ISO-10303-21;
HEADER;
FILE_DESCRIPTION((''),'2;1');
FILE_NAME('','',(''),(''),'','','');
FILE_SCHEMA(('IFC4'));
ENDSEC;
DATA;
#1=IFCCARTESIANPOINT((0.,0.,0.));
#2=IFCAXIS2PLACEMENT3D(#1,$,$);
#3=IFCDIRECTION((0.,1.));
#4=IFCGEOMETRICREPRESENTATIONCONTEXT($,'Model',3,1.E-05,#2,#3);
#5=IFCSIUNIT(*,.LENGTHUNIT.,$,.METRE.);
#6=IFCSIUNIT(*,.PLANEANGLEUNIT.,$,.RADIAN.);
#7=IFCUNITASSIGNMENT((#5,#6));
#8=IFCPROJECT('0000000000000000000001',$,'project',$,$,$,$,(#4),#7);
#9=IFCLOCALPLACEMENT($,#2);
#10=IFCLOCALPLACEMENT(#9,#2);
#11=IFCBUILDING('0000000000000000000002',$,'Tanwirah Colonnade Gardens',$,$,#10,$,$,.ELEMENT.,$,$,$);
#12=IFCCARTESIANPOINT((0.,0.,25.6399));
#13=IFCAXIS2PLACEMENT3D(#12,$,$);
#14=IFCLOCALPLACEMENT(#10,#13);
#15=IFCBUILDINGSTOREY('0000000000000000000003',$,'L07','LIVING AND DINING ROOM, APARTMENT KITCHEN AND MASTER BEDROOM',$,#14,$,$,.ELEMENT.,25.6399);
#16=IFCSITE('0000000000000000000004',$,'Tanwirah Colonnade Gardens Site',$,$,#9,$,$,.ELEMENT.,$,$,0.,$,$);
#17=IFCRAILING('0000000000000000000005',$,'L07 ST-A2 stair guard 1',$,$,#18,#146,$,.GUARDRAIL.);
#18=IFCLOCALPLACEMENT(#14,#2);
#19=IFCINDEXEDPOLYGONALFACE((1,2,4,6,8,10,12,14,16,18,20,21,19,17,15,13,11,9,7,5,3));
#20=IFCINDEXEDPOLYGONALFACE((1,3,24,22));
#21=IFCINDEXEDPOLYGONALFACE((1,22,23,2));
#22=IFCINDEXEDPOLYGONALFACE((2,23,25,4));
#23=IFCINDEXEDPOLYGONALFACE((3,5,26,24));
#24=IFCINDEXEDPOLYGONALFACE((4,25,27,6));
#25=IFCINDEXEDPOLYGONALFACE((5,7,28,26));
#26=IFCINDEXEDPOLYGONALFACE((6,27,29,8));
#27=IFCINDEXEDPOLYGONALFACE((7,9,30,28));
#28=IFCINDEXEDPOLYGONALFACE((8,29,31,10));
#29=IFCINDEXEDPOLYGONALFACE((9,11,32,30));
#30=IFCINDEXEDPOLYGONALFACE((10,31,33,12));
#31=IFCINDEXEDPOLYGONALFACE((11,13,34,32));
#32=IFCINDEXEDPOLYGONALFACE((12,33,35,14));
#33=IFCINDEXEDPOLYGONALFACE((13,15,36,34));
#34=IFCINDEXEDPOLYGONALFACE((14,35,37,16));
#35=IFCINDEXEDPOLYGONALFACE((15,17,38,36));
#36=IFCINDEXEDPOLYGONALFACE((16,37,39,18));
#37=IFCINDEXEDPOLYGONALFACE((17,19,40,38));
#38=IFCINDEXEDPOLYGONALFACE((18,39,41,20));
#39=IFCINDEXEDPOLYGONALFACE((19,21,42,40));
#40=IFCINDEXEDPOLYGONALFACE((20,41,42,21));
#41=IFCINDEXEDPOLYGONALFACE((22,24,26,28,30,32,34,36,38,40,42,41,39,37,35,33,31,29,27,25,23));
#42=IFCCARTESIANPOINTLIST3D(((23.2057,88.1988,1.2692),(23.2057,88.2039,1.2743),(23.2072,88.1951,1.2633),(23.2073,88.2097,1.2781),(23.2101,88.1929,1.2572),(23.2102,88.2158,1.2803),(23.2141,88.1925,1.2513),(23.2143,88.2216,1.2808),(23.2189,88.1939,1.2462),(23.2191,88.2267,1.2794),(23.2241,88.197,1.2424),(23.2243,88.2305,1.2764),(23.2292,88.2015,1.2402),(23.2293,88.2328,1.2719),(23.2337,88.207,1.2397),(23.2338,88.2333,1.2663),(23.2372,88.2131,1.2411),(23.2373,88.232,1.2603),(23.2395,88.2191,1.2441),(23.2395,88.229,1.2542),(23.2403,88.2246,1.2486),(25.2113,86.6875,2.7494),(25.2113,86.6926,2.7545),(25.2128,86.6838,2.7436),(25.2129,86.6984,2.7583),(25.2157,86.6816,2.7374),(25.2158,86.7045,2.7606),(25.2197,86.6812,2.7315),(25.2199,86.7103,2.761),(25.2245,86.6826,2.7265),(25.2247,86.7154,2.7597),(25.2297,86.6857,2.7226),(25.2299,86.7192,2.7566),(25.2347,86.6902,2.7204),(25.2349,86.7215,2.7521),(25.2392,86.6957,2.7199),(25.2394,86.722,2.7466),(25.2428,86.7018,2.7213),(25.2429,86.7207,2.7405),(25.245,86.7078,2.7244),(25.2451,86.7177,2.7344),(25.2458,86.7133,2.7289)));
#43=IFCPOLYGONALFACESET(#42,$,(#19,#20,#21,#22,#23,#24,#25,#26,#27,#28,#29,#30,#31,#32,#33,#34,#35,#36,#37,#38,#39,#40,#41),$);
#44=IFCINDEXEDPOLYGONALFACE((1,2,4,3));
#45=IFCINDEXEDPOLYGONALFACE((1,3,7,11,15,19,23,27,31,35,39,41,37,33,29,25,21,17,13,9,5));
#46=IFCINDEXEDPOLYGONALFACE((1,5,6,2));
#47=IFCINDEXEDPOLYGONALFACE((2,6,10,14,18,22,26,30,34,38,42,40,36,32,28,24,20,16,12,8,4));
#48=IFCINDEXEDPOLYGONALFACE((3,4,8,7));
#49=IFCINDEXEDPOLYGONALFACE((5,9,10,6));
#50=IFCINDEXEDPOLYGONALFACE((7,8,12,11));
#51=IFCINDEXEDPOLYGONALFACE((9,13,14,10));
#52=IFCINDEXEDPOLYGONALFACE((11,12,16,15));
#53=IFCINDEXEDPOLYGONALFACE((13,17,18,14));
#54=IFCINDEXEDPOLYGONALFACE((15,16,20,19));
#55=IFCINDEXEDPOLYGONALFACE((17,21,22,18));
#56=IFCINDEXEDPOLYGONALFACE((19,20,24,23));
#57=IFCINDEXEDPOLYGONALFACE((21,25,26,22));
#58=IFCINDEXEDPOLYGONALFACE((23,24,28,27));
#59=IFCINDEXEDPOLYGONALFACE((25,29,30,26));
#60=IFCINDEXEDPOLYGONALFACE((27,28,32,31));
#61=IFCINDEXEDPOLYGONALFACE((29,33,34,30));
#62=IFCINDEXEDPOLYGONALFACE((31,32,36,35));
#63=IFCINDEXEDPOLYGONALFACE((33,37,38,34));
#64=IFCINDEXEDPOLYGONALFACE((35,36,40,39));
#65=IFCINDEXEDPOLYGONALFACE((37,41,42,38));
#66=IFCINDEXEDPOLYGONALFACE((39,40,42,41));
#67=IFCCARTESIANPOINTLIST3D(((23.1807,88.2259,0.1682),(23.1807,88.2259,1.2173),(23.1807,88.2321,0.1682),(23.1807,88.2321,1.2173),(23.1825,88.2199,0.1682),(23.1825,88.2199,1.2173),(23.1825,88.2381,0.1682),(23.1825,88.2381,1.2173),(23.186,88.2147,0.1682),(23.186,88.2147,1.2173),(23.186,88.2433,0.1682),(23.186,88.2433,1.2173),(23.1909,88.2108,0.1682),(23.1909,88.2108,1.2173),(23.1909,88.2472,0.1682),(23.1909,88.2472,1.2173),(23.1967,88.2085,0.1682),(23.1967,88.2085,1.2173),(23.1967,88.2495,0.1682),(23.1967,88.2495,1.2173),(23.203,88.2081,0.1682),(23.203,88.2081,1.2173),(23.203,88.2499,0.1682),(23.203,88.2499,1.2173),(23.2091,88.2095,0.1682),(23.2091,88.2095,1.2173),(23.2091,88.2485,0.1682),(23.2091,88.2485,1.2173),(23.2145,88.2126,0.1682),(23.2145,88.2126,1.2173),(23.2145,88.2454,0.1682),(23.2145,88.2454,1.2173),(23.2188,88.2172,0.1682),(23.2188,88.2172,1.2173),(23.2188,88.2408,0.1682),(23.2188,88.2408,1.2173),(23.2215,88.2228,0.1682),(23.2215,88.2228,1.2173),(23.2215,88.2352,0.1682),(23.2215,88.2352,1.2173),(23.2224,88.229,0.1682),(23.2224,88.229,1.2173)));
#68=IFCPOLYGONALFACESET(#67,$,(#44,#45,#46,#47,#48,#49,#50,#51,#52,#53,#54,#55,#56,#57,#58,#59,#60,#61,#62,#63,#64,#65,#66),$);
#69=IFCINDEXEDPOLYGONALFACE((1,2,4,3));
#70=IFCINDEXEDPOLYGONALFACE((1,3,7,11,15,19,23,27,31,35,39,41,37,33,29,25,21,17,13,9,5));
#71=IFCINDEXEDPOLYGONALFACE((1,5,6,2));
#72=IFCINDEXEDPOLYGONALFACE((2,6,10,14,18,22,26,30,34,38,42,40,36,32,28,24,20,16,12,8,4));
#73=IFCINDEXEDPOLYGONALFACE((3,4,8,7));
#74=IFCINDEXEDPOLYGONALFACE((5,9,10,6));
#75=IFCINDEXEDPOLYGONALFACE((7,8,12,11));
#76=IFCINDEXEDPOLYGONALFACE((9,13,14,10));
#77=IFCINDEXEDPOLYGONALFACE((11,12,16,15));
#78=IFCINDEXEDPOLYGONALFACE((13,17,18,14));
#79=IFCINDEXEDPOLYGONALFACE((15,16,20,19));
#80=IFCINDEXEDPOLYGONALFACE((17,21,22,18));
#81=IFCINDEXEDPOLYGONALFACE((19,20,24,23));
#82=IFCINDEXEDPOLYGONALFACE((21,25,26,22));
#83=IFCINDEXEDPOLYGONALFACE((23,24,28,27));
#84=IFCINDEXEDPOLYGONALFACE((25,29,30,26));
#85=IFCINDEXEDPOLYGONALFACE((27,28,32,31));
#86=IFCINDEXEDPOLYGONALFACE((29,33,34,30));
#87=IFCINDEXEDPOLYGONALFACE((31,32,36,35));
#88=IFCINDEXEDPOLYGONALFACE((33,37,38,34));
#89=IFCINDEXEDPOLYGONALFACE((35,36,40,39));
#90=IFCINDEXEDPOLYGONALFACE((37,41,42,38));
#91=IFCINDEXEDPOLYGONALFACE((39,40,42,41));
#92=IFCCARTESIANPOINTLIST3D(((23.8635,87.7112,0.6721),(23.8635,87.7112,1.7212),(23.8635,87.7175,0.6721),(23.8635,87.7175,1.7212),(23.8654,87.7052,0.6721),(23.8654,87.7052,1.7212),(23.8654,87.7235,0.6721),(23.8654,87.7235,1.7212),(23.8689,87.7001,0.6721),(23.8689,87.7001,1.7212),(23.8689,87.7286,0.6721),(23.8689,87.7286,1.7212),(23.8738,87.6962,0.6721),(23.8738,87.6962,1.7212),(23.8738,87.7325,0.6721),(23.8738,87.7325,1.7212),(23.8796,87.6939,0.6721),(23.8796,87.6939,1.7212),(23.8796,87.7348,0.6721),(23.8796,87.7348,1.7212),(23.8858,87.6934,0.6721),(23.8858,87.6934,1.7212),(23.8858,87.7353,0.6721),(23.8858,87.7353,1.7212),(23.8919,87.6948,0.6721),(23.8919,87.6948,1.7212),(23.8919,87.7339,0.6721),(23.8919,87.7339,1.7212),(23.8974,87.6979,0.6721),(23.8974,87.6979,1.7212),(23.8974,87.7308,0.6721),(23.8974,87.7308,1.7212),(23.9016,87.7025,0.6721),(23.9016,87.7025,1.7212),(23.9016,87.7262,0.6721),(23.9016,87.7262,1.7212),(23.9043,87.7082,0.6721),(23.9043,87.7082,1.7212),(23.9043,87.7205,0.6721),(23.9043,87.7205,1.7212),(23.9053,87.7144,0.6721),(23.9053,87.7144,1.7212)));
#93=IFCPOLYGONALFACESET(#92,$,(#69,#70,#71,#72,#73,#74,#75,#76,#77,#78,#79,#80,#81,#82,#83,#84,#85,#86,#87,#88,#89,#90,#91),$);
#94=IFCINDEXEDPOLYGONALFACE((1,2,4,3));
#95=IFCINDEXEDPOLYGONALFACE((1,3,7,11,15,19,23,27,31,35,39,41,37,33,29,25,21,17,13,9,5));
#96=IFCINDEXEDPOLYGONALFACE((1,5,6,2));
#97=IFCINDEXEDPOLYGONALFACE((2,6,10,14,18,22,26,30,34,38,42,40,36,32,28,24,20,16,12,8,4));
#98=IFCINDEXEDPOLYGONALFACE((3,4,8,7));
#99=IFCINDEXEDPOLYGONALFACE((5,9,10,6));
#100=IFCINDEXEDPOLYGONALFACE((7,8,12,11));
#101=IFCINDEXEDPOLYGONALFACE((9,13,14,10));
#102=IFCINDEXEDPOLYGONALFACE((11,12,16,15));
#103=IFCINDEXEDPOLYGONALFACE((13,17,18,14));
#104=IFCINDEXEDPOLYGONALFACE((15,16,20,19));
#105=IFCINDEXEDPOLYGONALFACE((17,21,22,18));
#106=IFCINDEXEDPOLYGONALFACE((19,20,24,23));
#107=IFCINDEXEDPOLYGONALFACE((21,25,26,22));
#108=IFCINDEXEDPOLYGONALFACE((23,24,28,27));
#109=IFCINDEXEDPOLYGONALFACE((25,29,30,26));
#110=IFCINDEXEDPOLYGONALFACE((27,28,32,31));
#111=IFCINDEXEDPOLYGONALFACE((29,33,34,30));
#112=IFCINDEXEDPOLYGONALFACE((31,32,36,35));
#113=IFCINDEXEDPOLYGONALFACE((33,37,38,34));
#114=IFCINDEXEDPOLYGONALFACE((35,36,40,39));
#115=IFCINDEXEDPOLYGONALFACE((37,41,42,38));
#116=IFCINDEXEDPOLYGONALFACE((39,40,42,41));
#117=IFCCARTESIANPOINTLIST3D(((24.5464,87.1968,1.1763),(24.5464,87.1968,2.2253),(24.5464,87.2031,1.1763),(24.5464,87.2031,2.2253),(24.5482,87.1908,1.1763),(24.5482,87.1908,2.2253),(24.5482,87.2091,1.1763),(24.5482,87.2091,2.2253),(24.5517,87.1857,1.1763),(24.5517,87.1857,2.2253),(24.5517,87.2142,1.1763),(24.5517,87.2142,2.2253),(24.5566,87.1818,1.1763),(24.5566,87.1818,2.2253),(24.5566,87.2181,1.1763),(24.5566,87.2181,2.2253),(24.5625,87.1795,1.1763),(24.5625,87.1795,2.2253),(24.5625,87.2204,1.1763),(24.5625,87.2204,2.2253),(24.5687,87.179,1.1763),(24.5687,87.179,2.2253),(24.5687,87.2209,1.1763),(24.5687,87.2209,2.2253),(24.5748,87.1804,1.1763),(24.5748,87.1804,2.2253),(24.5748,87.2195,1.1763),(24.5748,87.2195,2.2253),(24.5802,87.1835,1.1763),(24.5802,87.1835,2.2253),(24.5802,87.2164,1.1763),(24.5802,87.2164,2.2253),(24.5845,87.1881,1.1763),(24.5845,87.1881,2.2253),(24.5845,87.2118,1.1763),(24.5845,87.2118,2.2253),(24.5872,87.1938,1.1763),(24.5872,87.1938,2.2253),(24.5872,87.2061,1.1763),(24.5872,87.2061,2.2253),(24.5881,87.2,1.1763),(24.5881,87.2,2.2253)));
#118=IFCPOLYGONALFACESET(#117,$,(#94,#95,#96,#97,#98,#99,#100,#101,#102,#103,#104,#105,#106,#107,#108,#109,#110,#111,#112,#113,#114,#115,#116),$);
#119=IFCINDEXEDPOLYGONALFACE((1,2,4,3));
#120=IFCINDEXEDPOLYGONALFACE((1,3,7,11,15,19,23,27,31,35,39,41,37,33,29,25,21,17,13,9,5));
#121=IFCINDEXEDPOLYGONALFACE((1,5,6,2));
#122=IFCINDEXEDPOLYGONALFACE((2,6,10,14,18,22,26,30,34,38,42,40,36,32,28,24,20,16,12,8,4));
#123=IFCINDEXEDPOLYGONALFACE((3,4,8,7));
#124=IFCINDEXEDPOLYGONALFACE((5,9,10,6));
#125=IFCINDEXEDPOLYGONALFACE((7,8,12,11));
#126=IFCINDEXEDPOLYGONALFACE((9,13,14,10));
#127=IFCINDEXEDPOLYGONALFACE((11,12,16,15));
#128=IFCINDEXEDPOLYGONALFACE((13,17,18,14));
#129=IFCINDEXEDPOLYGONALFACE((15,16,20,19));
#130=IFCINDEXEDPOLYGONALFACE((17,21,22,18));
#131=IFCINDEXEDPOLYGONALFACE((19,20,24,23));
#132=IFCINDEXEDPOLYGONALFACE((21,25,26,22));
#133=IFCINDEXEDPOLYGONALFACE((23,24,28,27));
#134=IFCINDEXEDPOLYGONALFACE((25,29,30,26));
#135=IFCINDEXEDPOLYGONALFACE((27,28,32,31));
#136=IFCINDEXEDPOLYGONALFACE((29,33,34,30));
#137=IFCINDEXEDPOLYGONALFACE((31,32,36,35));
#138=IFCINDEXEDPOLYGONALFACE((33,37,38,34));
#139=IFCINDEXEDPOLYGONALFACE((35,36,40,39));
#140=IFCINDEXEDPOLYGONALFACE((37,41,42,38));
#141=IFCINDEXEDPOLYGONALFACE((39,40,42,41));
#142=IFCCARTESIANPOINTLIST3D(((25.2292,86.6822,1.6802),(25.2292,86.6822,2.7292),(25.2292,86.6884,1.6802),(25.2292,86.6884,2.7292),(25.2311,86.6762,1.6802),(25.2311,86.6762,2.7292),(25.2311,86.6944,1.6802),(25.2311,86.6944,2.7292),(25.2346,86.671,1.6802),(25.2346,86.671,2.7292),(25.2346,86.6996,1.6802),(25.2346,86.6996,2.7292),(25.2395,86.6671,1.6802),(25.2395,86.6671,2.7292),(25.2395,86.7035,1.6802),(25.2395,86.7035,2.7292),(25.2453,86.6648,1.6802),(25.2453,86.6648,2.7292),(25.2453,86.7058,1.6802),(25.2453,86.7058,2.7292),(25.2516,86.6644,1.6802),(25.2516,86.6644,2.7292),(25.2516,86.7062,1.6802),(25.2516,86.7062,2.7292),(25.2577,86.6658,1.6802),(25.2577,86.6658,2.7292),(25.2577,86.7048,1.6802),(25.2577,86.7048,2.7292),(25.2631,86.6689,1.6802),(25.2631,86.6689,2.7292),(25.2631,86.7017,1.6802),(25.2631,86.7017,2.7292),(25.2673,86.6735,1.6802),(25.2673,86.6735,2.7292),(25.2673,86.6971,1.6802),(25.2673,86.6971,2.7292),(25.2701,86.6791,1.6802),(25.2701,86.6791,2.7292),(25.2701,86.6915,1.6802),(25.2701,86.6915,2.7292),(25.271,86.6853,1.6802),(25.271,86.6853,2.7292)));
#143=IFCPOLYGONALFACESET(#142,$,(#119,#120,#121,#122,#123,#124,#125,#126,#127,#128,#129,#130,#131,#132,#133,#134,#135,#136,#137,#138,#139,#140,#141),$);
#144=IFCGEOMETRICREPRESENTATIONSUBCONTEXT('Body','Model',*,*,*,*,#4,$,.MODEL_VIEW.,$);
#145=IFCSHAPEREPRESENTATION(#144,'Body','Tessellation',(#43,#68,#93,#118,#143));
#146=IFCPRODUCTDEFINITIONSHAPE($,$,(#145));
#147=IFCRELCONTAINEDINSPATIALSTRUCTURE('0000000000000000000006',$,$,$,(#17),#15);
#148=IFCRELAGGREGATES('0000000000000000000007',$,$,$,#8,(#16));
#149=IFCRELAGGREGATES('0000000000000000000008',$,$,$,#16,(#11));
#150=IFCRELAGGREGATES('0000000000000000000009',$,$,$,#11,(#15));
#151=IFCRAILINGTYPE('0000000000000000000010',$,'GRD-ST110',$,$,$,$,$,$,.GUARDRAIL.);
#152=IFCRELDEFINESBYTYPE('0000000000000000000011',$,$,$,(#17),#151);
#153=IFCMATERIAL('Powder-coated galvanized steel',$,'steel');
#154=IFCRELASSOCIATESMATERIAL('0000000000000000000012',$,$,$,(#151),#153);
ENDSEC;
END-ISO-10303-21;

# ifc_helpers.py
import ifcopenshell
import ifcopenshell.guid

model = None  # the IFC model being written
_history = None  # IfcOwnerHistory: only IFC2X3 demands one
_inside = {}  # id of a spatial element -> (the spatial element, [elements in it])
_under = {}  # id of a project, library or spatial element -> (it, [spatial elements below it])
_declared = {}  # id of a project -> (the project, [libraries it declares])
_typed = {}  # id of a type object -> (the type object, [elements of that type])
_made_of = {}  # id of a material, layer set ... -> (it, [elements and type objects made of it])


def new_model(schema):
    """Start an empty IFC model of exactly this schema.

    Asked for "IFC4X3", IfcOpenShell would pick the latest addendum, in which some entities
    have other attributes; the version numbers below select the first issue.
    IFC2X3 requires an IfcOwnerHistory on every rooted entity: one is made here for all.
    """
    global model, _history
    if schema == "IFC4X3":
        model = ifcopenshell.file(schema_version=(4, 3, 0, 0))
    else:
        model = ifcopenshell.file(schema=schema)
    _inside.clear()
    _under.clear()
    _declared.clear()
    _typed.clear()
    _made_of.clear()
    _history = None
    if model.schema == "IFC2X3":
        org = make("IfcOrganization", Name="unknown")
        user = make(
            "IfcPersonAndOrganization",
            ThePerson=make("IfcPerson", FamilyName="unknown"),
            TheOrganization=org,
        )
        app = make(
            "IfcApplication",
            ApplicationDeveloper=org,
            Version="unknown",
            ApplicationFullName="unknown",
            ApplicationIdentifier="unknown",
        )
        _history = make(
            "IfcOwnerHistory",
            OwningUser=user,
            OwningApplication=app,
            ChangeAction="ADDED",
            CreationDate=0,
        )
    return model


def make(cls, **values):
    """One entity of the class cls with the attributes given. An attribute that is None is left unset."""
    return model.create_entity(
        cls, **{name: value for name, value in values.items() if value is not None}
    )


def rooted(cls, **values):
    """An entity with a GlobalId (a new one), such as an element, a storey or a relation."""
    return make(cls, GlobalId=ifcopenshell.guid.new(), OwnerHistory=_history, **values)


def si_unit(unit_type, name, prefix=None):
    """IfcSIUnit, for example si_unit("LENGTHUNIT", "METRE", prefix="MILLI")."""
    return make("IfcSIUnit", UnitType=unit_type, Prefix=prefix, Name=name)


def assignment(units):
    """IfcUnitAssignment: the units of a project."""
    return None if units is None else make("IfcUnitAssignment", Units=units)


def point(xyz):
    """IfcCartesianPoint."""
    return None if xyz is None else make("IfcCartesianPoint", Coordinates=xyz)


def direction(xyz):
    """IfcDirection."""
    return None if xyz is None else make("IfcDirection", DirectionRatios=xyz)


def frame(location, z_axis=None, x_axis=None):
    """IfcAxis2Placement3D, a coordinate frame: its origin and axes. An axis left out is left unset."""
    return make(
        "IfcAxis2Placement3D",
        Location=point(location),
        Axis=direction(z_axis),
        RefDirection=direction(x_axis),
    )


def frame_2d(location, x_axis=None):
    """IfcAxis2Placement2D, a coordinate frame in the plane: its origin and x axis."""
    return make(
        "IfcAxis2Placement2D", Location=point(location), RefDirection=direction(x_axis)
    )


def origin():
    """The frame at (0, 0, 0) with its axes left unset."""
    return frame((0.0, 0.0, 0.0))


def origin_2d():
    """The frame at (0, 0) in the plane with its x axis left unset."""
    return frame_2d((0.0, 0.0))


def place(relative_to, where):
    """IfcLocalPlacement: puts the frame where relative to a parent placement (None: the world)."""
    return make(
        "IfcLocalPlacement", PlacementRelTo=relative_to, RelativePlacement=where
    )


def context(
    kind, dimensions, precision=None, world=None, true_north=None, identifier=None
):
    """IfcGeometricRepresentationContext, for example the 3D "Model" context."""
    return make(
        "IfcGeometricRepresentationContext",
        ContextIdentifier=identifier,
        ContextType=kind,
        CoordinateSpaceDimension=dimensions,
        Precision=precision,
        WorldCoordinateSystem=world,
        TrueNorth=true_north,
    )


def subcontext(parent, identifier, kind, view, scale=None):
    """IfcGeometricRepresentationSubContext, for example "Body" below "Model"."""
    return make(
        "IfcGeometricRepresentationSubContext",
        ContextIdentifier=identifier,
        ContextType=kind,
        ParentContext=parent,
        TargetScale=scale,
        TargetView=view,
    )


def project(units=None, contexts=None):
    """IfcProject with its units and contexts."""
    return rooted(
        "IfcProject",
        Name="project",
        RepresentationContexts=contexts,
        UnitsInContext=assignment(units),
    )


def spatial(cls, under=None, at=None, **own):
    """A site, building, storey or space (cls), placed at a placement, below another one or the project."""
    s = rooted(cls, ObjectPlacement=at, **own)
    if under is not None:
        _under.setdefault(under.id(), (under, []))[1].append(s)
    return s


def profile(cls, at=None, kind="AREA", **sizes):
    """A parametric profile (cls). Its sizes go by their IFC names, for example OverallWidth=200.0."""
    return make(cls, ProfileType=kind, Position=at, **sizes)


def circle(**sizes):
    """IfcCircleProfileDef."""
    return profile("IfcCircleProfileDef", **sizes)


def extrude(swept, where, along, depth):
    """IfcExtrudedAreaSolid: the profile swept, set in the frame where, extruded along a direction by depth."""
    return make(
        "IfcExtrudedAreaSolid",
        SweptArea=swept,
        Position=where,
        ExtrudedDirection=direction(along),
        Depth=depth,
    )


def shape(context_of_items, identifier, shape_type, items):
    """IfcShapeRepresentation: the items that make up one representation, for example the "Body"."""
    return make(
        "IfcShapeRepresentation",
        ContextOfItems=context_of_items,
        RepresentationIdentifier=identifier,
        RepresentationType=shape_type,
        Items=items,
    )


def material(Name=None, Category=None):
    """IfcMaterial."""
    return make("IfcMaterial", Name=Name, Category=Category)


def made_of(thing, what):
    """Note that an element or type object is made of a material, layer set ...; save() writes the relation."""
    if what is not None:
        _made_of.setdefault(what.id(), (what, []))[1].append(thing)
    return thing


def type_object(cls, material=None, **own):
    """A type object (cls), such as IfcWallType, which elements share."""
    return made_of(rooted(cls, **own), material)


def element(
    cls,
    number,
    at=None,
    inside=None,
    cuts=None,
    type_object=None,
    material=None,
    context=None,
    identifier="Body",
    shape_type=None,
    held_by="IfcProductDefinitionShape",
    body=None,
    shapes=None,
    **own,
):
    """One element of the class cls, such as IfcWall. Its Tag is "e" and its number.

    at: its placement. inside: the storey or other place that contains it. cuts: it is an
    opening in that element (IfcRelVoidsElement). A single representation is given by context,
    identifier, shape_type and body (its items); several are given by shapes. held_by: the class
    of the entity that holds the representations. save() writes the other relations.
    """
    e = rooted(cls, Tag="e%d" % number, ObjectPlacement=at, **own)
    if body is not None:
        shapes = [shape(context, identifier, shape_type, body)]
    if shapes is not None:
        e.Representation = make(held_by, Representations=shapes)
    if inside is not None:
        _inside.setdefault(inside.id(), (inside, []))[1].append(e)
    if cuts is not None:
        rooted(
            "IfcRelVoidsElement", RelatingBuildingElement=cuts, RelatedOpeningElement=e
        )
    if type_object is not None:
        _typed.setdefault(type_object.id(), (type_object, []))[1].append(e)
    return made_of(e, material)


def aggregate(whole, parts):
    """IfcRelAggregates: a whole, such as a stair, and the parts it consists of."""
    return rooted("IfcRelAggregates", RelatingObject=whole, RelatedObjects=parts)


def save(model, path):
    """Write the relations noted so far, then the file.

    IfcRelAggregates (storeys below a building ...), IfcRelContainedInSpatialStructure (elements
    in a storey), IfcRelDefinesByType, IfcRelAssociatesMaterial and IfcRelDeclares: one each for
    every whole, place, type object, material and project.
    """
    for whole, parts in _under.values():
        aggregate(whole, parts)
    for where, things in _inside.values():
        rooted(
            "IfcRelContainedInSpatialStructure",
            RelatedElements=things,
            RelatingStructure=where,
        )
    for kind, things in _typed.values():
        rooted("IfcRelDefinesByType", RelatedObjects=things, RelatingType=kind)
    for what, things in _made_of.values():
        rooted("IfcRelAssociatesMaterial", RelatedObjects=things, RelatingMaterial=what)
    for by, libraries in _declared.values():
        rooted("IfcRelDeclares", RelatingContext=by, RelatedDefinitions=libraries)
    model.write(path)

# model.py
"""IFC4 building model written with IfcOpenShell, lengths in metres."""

from ifc_helpers import new_model, si_unit, direction, frame, origin, origin_2d, place, context, subcontext, project, spatial, circle, extrude, material, type_object, element, save


model = new_model("IFC4")

# Units and contexts
model_context = context("Model", 3, precision=1e-05, world=origin(), true_north=direction((0.0, 1.0)))
body_context = subcontext(model_context, "Body", "Model", "MODEL_VIEW")
ifc_project = project(units=[si_unit("LENGTHUNIT", "METRE"), si_unit("PLANEANGLEUNIT", "RADIAN")], contexts=[model_context])

# Site, building, storey
site_placement = place(None, origin())
site = spatial("IfcSite", under=ifc_project, at=site_placement, Name="Tanwirah Colonnade Gardens Site", CompositionType="ELEMENT", RefElevation=0.0)
building_placement = place(site_placement, origin())
building = spatial("IfcBuilding", under=site, at=building_placement, Name="Tanwirah Colonnade Gardens", CompositionType="ELEMENT")
storey_placement = place(building_placement, frame((0.0, 0.0, 25.6399)))
storey = spatial("IfcBuildingStorey", under=building, at=storey_placement, Name="L07", Description="LIVING AND DINING ROOM, APARTMENT KITCHEN AND MASTER BEDROOM", CompositionType="ELEMENT", Elevation=25.6399)

# Railing
ifc_material_1 = material(Name="Powder-coated galvanized steel", Category="steel")
railing_type_1 = type_object("IfcRailingType", Name="GRD-ST110", PredefinedType="GUARDRAIL", material=ifc_material_1)
railing_1_placement = place(storey_placement, frame((23.2014, 88.229, 0.1682)))
element("IfcRailing", 1, at=railing_1_placement, inside=storey, type_object=railing_type_1, Name="L07 ST-A2 stair guard 1", PredefinedType="GUARDRAIL", context=body_context, shape_type="SweptSolid", body=[
    extrude(circle(Radius=0.0239, at=origin_2d()), frame((0.0215, -0.0161, 1.092), z_axis=(0.688012, -0.518449, 0.507789), x_axis=(0.601811, 0.798639, 0.0)), (0.0, 0.0, 1.0), 2.915),
    extrude(circle(Radius=0.021, at=origin_2d()), origin(), (0.0, 0.0, 1.0), 1.0491),
    extrude(circle(Radius=0.021, at=origin_2d()), frame((0.6829, -0.5146, 0.5039)), (0.0, 0.0, 1.0), 1.0491),
    extrude(circle(Radius=0.021, at=origin_2d()), frame((1.3657, -1.0291, 1.0081)), (0.0, 0.0, 1.0), 1.0491),
    extrude(circle(Radius=0.021, at=origin_2d()), frame((2.0486, -1.5437, 1.512)), (0.0, 0.0, 1.0), 1.0491),
])

save(model, "model.ifc")
